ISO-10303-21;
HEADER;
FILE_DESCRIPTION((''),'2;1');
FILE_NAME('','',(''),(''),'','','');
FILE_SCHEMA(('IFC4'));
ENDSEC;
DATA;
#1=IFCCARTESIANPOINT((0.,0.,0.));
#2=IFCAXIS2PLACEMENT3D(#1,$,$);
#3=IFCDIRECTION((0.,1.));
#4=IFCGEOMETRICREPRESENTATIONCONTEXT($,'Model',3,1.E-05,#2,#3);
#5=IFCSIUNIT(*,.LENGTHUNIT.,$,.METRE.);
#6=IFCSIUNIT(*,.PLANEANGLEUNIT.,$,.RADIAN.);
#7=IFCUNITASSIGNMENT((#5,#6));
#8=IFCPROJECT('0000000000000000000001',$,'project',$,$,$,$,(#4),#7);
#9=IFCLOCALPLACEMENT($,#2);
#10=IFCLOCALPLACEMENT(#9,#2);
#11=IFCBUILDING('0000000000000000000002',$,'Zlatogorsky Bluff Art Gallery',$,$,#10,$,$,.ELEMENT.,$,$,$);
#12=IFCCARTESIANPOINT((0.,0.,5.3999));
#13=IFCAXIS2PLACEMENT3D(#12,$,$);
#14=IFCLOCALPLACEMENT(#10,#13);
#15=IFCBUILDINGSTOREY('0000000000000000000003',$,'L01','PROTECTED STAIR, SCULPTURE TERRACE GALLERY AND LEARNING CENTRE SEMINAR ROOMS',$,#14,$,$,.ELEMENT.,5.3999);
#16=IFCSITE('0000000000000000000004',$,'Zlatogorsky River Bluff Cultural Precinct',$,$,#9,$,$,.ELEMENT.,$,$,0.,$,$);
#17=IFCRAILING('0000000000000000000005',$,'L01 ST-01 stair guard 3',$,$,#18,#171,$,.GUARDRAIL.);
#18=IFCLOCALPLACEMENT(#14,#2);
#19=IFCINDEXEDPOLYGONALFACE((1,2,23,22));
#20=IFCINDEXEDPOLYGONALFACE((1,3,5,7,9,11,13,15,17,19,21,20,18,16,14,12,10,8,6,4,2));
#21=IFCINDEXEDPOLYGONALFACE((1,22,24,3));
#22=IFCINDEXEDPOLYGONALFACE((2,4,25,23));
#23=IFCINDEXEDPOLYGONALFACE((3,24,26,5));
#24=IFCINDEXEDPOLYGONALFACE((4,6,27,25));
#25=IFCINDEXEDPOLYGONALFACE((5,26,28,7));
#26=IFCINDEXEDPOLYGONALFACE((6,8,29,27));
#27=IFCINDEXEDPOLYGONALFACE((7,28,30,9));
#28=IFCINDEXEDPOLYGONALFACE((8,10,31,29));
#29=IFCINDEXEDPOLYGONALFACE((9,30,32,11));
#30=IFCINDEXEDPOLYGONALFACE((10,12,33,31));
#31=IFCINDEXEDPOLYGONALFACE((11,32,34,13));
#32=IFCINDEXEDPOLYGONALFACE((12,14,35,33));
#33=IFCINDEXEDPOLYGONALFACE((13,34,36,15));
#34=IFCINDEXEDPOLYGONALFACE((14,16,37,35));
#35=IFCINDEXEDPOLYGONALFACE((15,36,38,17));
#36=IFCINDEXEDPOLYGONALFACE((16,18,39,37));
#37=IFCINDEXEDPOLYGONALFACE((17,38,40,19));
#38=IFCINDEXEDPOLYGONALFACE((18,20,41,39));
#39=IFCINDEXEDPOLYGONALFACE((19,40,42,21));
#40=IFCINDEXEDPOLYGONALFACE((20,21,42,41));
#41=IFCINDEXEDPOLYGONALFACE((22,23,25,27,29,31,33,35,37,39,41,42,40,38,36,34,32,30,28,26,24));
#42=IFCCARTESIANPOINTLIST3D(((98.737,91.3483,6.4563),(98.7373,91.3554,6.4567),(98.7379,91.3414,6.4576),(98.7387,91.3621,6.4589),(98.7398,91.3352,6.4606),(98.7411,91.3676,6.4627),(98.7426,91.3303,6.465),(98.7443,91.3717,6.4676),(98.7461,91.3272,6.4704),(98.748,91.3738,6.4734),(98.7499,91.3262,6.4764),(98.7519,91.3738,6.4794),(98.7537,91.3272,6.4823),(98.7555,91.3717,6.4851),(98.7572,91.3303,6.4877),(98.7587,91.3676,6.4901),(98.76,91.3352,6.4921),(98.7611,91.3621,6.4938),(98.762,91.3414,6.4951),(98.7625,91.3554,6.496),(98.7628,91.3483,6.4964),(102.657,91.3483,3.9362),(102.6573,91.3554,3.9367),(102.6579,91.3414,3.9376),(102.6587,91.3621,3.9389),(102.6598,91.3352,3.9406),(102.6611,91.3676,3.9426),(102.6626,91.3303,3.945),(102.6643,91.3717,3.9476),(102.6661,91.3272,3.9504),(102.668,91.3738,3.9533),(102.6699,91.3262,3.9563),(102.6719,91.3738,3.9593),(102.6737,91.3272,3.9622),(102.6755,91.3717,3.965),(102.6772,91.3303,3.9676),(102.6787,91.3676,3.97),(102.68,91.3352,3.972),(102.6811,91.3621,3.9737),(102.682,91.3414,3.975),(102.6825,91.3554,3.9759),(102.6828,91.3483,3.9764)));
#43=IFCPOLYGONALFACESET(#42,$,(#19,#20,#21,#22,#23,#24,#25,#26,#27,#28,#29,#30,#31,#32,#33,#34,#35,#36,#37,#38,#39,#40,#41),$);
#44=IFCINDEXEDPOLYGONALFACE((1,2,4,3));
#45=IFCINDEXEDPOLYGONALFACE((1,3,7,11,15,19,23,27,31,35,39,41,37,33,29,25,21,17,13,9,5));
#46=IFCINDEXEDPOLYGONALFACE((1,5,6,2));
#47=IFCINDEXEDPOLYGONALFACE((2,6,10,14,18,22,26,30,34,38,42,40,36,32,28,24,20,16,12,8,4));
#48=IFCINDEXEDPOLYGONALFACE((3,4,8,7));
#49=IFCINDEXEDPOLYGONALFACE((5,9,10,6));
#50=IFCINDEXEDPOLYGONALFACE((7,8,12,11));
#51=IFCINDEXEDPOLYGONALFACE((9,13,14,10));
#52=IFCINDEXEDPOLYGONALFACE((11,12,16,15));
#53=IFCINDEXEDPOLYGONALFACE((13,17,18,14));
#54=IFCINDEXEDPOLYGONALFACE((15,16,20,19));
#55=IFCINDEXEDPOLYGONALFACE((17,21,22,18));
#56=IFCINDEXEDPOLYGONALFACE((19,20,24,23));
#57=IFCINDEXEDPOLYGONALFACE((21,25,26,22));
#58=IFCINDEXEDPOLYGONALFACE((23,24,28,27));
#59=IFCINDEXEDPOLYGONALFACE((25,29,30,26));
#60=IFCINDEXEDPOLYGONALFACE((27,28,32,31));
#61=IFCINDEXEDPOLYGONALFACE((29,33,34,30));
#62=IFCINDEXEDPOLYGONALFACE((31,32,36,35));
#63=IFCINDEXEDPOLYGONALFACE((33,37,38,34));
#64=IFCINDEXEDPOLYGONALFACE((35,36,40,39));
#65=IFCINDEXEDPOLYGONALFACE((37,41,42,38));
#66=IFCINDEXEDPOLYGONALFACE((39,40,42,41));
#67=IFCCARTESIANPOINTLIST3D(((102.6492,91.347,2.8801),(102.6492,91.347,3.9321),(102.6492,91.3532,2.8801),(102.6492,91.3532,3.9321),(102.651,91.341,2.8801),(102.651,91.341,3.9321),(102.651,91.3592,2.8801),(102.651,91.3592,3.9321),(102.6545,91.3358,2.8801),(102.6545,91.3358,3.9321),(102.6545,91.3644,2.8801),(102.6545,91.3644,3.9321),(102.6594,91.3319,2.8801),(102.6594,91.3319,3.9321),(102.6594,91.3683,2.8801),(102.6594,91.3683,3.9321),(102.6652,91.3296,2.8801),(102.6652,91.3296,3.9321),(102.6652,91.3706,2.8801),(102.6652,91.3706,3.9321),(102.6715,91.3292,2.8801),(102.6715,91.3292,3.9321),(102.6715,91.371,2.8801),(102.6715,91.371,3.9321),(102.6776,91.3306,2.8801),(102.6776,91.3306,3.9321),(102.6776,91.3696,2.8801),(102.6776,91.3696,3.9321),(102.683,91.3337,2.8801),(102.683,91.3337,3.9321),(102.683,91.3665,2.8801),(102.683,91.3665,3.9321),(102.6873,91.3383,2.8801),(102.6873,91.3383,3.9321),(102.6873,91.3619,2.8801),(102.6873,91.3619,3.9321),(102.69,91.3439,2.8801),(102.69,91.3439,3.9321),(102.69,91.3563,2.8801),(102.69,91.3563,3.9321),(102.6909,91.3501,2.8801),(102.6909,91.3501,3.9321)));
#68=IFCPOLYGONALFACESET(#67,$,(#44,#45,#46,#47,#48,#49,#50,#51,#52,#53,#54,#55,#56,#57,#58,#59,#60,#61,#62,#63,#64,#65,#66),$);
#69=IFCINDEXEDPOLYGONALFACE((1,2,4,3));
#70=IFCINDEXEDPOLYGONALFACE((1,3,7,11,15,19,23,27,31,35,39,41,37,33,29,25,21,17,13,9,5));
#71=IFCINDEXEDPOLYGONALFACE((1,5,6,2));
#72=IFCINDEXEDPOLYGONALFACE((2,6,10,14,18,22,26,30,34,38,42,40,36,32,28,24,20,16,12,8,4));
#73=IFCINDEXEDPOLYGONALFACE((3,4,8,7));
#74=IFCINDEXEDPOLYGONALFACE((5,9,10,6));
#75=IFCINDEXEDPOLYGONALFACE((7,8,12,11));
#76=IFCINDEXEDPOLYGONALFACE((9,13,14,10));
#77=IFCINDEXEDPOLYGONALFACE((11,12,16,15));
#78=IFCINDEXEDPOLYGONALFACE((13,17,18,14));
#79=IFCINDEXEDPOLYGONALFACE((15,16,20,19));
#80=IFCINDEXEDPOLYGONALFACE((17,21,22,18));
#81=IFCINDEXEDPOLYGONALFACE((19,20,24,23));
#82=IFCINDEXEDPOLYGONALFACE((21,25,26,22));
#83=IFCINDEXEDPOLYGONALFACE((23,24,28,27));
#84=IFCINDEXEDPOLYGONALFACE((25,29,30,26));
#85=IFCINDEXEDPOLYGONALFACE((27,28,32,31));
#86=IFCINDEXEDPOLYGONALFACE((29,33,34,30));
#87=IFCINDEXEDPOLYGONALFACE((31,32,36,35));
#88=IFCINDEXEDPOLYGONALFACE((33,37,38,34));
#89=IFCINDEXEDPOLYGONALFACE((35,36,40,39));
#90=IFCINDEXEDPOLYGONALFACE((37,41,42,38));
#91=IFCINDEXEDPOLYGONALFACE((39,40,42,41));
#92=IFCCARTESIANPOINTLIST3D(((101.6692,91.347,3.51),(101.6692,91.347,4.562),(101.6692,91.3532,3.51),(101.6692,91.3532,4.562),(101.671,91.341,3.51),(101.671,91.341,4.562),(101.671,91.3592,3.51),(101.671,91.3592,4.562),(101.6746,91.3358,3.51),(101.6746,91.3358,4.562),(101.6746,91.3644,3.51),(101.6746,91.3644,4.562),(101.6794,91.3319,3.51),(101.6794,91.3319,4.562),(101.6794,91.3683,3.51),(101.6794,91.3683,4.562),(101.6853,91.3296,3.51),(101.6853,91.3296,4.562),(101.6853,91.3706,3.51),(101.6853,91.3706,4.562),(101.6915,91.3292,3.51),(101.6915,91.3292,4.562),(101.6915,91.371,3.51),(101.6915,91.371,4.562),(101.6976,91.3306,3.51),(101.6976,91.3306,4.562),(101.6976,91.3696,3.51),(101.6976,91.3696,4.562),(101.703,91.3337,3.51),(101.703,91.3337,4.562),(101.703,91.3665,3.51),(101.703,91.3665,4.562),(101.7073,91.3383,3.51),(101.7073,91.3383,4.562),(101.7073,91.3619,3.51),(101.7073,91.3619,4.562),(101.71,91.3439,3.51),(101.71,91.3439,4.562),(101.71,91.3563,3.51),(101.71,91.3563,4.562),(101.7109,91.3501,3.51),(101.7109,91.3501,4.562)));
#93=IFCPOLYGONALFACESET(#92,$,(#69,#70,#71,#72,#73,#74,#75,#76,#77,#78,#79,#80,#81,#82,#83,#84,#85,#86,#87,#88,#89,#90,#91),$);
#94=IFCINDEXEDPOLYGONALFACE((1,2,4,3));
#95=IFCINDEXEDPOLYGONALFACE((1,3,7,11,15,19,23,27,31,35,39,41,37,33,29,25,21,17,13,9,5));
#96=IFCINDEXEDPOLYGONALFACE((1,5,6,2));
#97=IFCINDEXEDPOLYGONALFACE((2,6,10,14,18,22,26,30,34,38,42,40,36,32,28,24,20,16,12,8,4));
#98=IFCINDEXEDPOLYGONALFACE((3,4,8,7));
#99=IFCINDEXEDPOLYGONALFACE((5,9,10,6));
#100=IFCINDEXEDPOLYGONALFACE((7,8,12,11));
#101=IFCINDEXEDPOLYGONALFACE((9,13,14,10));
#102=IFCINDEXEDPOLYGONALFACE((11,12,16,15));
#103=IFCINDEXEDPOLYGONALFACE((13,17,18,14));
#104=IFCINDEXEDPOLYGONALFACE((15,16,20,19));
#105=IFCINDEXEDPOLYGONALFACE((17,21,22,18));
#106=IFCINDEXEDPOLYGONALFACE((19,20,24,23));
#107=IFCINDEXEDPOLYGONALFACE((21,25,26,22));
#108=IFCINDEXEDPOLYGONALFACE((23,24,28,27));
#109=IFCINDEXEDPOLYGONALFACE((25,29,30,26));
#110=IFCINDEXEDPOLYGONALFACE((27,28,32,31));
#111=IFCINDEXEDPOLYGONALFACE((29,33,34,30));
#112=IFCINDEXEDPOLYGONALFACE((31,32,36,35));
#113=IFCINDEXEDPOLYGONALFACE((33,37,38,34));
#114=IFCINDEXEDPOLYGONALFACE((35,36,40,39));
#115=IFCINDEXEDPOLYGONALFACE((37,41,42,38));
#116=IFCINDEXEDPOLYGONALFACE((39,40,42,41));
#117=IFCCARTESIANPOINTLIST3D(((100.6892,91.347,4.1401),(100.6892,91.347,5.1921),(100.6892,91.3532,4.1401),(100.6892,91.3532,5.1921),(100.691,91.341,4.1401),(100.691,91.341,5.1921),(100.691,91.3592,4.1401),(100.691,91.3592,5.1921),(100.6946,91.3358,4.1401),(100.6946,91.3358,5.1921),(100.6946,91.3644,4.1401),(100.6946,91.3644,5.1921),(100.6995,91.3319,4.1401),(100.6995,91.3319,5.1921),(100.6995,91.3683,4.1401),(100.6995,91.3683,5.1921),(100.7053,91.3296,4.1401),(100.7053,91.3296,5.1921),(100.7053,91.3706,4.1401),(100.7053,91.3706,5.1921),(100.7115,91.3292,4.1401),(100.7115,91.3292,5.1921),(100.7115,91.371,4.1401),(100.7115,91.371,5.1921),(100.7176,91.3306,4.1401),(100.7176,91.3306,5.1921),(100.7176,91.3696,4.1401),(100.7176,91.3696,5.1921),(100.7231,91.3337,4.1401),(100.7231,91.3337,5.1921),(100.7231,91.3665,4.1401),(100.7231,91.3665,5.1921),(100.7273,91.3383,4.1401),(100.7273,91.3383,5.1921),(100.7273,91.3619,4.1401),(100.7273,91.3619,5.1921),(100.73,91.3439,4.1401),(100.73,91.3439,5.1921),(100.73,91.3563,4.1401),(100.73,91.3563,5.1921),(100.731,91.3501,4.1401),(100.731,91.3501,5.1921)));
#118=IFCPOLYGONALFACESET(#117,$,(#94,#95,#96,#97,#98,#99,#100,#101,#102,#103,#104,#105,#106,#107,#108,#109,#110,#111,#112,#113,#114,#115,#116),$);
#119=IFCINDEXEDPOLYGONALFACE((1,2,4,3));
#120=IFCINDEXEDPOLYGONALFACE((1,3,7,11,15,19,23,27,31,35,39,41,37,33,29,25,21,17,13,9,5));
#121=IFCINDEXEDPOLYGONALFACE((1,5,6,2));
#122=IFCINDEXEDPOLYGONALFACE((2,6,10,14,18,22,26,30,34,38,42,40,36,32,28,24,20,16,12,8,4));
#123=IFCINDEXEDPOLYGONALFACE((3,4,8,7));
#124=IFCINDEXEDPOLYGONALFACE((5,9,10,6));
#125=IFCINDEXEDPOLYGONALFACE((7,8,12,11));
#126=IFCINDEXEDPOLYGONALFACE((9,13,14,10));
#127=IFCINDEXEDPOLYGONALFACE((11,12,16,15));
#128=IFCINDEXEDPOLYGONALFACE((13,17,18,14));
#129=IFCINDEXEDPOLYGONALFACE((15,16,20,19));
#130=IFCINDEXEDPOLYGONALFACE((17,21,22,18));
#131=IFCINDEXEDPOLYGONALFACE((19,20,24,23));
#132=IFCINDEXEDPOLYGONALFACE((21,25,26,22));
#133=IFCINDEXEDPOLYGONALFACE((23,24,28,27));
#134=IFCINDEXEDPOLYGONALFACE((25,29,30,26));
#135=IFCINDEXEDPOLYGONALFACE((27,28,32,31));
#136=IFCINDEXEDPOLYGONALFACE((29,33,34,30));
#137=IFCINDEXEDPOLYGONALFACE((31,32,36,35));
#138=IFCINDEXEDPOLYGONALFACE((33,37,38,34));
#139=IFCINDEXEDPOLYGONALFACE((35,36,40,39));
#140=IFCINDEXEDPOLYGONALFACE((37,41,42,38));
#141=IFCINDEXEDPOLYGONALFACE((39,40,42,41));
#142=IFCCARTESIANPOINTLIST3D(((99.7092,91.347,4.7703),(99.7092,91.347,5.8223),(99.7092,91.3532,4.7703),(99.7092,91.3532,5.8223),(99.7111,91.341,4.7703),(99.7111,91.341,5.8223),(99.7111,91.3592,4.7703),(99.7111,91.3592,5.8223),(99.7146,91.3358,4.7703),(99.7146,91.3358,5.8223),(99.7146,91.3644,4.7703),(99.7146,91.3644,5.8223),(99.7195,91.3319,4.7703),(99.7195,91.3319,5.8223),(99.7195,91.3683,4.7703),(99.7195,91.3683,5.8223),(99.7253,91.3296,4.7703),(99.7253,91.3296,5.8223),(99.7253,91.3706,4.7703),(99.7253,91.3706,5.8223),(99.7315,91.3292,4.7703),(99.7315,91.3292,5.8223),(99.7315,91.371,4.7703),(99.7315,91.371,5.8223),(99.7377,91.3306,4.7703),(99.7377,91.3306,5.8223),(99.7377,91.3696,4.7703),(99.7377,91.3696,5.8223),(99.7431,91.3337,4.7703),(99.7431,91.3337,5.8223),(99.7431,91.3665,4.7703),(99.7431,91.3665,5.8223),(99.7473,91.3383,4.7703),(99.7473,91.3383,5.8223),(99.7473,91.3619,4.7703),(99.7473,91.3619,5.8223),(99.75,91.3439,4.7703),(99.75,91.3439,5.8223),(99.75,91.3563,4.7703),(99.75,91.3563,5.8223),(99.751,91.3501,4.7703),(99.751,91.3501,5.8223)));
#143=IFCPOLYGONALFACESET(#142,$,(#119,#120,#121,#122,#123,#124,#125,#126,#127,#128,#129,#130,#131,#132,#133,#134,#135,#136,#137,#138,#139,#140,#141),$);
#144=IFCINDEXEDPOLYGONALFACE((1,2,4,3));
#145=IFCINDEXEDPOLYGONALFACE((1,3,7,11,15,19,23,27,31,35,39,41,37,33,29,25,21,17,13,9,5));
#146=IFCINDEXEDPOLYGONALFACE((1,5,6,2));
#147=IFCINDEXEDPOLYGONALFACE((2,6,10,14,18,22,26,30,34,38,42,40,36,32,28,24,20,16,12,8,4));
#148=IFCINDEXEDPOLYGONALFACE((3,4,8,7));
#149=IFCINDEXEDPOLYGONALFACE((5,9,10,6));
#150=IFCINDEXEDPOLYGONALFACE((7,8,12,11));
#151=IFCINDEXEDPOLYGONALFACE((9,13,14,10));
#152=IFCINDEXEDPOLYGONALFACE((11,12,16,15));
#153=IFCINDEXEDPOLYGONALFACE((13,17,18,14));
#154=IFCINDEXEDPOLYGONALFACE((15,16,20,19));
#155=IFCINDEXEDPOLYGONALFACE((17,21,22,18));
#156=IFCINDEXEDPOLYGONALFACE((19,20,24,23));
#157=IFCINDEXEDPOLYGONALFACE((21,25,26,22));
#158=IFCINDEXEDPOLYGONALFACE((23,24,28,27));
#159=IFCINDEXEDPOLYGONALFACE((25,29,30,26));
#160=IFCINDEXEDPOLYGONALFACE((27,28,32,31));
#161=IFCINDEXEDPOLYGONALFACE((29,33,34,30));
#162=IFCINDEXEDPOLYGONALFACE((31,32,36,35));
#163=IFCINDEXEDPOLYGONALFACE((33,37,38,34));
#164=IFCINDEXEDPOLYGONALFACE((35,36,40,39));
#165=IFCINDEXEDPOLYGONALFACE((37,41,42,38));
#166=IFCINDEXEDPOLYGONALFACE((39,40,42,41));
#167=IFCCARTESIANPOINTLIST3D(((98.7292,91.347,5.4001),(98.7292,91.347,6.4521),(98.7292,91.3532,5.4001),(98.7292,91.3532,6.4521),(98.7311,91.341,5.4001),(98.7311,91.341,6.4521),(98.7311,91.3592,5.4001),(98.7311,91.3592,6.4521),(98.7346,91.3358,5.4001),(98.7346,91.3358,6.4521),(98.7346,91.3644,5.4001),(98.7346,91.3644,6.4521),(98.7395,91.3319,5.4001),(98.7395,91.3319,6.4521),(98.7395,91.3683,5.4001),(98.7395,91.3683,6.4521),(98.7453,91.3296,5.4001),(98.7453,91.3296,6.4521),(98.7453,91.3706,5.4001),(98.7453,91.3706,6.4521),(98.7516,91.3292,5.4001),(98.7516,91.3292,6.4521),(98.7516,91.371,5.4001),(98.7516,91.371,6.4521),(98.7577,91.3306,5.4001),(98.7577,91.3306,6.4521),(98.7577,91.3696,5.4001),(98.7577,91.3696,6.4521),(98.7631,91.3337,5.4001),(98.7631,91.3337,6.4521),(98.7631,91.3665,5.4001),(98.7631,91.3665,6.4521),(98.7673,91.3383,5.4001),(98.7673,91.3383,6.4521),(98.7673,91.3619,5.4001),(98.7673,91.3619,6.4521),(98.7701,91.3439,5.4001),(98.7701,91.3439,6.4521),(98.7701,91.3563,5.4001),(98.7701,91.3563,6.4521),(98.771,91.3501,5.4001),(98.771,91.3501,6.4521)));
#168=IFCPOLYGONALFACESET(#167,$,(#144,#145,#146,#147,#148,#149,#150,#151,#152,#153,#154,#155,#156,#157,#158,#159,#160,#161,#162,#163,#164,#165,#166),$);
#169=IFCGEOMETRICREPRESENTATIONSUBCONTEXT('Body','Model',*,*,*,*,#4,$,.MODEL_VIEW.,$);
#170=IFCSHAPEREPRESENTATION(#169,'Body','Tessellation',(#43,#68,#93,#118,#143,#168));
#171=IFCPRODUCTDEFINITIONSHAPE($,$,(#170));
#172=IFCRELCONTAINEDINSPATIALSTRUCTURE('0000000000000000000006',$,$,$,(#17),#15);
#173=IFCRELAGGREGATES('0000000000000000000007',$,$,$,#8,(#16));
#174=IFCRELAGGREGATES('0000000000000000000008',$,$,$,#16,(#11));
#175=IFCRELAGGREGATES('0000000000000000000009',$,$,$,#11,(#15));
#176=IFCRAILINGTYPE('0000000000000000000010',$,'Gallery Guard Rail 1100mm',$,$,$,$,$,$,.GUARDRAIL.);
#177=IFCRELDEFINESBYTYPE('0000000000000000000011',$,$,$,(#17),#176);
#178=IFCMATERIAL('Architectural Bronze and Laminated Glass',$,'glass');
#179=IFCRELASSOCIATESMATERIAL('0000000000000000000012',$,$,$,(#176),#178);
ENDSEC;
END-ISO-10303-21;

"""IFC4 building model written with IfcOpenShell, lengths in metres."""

from ifc_helpers import new_model, si_unit, direction, frame, origin, origin_2d, place, context, subcontext, project, spatial, circle, extrude, material, type_object, element, save


model = new_model("IFC4")

# Units and contexts
model_context = context("Model", 3, precision=1e-05, world=origin(), true_north=direction((0.0, 1.0)))
body_context = subcontext(model_context, "Body", "Model", "MODEL_VIEW")
ifc_project = project(units=[si_unit("LENGTHUNIT", "METRE"), si_unit("PLANEANGLEUNIT", "RADIAN")], contexts=[model_context])

# Site, building, storey
site_placement = place(None, origin())
site = spatial("IfcSite", under=ifc_project, at=site_placement, Name="Zlatogorsky River Bluff Cultural Precinct", CompositionType="ELEMENT", RefElevation=0.0)
building_placement = place(site_placement, origin())
building = spatial("IfcBuilding", under=site, at=building_placement, Name="Zlatogorsky Bluff Art Gallery", CompositionType="ELEMENT")
storey_placement = place(building_placement, frame((0.0, 0.0, 5.3999)))
storey = spatial("IfcBuildingStorey", under=building, at=storey_placement, Name="L01", Description="PROTECTED STAIR, SCULPTURE TERRACE GALLERY AND LEARNING CENTRE SEMINAR ROOMS", CompositionType="ELEMENT", Elevation=5.3999)

# Railing
ifc_material_1 = material(Name="Architectural Bronze and Laminated Glass", Category="glass")
railing_type_1 = type_object("IfcRailingType", Name="Gallery Guard Rail 1100mm", PredefinedType="GUARDRAIL", material=ifc_material_1)
railing_1_placement = place(storey_placement, frame((102.6699, 91.3501, 2.8801)))
element("IfcRailing", 1, at=railing_1_placement, inside=storey, type_object=railing_type_1, Name="L01 ST-01 stair guard 3", PredefinedType="GUARDRAIL", context=body_context, shape_type="SweptSolid", body=[
    extrude(circle(Radius=0.0239, at=origin_2d()), frame((0.0, 0.0, 1.0762), z_axis=(-0.841172, 0.0, 0.540768), x_axis=(0.0, -1.0, 0.0)), (0.0, 0.0, 1.0), 4.6602),
    extrude(circle(Radius=0.021, at=origin_2d()), origin(), (0.0, 0.0, 1.0), 1.052),
    extrude(circle(Radius=0.021, at=origin_2d()), frame((-0.98, 0.0, 0.6299)), (0.0, 0.0, 1.0), 1.052),
    extrude(circle(Radius=0.021, at=origin_2d()), frame((-1.96, 0.0, 1.26)), (0.0, 0.0, 1.0), 1.052),
    extrude(circle(Radius=0.021, at=origin_2d()), frame((-2.9399, 0.0, 1.8901)), (0.0, 0.0, 1.0), 1.052),
    extrude(circle(Radius=0.021, at=origin_2d()), frame((-3.9199, 0.0, 2.52)), (0.0, 0.0, 1.0), 1.052),
])

save(model, "model.ifc")
